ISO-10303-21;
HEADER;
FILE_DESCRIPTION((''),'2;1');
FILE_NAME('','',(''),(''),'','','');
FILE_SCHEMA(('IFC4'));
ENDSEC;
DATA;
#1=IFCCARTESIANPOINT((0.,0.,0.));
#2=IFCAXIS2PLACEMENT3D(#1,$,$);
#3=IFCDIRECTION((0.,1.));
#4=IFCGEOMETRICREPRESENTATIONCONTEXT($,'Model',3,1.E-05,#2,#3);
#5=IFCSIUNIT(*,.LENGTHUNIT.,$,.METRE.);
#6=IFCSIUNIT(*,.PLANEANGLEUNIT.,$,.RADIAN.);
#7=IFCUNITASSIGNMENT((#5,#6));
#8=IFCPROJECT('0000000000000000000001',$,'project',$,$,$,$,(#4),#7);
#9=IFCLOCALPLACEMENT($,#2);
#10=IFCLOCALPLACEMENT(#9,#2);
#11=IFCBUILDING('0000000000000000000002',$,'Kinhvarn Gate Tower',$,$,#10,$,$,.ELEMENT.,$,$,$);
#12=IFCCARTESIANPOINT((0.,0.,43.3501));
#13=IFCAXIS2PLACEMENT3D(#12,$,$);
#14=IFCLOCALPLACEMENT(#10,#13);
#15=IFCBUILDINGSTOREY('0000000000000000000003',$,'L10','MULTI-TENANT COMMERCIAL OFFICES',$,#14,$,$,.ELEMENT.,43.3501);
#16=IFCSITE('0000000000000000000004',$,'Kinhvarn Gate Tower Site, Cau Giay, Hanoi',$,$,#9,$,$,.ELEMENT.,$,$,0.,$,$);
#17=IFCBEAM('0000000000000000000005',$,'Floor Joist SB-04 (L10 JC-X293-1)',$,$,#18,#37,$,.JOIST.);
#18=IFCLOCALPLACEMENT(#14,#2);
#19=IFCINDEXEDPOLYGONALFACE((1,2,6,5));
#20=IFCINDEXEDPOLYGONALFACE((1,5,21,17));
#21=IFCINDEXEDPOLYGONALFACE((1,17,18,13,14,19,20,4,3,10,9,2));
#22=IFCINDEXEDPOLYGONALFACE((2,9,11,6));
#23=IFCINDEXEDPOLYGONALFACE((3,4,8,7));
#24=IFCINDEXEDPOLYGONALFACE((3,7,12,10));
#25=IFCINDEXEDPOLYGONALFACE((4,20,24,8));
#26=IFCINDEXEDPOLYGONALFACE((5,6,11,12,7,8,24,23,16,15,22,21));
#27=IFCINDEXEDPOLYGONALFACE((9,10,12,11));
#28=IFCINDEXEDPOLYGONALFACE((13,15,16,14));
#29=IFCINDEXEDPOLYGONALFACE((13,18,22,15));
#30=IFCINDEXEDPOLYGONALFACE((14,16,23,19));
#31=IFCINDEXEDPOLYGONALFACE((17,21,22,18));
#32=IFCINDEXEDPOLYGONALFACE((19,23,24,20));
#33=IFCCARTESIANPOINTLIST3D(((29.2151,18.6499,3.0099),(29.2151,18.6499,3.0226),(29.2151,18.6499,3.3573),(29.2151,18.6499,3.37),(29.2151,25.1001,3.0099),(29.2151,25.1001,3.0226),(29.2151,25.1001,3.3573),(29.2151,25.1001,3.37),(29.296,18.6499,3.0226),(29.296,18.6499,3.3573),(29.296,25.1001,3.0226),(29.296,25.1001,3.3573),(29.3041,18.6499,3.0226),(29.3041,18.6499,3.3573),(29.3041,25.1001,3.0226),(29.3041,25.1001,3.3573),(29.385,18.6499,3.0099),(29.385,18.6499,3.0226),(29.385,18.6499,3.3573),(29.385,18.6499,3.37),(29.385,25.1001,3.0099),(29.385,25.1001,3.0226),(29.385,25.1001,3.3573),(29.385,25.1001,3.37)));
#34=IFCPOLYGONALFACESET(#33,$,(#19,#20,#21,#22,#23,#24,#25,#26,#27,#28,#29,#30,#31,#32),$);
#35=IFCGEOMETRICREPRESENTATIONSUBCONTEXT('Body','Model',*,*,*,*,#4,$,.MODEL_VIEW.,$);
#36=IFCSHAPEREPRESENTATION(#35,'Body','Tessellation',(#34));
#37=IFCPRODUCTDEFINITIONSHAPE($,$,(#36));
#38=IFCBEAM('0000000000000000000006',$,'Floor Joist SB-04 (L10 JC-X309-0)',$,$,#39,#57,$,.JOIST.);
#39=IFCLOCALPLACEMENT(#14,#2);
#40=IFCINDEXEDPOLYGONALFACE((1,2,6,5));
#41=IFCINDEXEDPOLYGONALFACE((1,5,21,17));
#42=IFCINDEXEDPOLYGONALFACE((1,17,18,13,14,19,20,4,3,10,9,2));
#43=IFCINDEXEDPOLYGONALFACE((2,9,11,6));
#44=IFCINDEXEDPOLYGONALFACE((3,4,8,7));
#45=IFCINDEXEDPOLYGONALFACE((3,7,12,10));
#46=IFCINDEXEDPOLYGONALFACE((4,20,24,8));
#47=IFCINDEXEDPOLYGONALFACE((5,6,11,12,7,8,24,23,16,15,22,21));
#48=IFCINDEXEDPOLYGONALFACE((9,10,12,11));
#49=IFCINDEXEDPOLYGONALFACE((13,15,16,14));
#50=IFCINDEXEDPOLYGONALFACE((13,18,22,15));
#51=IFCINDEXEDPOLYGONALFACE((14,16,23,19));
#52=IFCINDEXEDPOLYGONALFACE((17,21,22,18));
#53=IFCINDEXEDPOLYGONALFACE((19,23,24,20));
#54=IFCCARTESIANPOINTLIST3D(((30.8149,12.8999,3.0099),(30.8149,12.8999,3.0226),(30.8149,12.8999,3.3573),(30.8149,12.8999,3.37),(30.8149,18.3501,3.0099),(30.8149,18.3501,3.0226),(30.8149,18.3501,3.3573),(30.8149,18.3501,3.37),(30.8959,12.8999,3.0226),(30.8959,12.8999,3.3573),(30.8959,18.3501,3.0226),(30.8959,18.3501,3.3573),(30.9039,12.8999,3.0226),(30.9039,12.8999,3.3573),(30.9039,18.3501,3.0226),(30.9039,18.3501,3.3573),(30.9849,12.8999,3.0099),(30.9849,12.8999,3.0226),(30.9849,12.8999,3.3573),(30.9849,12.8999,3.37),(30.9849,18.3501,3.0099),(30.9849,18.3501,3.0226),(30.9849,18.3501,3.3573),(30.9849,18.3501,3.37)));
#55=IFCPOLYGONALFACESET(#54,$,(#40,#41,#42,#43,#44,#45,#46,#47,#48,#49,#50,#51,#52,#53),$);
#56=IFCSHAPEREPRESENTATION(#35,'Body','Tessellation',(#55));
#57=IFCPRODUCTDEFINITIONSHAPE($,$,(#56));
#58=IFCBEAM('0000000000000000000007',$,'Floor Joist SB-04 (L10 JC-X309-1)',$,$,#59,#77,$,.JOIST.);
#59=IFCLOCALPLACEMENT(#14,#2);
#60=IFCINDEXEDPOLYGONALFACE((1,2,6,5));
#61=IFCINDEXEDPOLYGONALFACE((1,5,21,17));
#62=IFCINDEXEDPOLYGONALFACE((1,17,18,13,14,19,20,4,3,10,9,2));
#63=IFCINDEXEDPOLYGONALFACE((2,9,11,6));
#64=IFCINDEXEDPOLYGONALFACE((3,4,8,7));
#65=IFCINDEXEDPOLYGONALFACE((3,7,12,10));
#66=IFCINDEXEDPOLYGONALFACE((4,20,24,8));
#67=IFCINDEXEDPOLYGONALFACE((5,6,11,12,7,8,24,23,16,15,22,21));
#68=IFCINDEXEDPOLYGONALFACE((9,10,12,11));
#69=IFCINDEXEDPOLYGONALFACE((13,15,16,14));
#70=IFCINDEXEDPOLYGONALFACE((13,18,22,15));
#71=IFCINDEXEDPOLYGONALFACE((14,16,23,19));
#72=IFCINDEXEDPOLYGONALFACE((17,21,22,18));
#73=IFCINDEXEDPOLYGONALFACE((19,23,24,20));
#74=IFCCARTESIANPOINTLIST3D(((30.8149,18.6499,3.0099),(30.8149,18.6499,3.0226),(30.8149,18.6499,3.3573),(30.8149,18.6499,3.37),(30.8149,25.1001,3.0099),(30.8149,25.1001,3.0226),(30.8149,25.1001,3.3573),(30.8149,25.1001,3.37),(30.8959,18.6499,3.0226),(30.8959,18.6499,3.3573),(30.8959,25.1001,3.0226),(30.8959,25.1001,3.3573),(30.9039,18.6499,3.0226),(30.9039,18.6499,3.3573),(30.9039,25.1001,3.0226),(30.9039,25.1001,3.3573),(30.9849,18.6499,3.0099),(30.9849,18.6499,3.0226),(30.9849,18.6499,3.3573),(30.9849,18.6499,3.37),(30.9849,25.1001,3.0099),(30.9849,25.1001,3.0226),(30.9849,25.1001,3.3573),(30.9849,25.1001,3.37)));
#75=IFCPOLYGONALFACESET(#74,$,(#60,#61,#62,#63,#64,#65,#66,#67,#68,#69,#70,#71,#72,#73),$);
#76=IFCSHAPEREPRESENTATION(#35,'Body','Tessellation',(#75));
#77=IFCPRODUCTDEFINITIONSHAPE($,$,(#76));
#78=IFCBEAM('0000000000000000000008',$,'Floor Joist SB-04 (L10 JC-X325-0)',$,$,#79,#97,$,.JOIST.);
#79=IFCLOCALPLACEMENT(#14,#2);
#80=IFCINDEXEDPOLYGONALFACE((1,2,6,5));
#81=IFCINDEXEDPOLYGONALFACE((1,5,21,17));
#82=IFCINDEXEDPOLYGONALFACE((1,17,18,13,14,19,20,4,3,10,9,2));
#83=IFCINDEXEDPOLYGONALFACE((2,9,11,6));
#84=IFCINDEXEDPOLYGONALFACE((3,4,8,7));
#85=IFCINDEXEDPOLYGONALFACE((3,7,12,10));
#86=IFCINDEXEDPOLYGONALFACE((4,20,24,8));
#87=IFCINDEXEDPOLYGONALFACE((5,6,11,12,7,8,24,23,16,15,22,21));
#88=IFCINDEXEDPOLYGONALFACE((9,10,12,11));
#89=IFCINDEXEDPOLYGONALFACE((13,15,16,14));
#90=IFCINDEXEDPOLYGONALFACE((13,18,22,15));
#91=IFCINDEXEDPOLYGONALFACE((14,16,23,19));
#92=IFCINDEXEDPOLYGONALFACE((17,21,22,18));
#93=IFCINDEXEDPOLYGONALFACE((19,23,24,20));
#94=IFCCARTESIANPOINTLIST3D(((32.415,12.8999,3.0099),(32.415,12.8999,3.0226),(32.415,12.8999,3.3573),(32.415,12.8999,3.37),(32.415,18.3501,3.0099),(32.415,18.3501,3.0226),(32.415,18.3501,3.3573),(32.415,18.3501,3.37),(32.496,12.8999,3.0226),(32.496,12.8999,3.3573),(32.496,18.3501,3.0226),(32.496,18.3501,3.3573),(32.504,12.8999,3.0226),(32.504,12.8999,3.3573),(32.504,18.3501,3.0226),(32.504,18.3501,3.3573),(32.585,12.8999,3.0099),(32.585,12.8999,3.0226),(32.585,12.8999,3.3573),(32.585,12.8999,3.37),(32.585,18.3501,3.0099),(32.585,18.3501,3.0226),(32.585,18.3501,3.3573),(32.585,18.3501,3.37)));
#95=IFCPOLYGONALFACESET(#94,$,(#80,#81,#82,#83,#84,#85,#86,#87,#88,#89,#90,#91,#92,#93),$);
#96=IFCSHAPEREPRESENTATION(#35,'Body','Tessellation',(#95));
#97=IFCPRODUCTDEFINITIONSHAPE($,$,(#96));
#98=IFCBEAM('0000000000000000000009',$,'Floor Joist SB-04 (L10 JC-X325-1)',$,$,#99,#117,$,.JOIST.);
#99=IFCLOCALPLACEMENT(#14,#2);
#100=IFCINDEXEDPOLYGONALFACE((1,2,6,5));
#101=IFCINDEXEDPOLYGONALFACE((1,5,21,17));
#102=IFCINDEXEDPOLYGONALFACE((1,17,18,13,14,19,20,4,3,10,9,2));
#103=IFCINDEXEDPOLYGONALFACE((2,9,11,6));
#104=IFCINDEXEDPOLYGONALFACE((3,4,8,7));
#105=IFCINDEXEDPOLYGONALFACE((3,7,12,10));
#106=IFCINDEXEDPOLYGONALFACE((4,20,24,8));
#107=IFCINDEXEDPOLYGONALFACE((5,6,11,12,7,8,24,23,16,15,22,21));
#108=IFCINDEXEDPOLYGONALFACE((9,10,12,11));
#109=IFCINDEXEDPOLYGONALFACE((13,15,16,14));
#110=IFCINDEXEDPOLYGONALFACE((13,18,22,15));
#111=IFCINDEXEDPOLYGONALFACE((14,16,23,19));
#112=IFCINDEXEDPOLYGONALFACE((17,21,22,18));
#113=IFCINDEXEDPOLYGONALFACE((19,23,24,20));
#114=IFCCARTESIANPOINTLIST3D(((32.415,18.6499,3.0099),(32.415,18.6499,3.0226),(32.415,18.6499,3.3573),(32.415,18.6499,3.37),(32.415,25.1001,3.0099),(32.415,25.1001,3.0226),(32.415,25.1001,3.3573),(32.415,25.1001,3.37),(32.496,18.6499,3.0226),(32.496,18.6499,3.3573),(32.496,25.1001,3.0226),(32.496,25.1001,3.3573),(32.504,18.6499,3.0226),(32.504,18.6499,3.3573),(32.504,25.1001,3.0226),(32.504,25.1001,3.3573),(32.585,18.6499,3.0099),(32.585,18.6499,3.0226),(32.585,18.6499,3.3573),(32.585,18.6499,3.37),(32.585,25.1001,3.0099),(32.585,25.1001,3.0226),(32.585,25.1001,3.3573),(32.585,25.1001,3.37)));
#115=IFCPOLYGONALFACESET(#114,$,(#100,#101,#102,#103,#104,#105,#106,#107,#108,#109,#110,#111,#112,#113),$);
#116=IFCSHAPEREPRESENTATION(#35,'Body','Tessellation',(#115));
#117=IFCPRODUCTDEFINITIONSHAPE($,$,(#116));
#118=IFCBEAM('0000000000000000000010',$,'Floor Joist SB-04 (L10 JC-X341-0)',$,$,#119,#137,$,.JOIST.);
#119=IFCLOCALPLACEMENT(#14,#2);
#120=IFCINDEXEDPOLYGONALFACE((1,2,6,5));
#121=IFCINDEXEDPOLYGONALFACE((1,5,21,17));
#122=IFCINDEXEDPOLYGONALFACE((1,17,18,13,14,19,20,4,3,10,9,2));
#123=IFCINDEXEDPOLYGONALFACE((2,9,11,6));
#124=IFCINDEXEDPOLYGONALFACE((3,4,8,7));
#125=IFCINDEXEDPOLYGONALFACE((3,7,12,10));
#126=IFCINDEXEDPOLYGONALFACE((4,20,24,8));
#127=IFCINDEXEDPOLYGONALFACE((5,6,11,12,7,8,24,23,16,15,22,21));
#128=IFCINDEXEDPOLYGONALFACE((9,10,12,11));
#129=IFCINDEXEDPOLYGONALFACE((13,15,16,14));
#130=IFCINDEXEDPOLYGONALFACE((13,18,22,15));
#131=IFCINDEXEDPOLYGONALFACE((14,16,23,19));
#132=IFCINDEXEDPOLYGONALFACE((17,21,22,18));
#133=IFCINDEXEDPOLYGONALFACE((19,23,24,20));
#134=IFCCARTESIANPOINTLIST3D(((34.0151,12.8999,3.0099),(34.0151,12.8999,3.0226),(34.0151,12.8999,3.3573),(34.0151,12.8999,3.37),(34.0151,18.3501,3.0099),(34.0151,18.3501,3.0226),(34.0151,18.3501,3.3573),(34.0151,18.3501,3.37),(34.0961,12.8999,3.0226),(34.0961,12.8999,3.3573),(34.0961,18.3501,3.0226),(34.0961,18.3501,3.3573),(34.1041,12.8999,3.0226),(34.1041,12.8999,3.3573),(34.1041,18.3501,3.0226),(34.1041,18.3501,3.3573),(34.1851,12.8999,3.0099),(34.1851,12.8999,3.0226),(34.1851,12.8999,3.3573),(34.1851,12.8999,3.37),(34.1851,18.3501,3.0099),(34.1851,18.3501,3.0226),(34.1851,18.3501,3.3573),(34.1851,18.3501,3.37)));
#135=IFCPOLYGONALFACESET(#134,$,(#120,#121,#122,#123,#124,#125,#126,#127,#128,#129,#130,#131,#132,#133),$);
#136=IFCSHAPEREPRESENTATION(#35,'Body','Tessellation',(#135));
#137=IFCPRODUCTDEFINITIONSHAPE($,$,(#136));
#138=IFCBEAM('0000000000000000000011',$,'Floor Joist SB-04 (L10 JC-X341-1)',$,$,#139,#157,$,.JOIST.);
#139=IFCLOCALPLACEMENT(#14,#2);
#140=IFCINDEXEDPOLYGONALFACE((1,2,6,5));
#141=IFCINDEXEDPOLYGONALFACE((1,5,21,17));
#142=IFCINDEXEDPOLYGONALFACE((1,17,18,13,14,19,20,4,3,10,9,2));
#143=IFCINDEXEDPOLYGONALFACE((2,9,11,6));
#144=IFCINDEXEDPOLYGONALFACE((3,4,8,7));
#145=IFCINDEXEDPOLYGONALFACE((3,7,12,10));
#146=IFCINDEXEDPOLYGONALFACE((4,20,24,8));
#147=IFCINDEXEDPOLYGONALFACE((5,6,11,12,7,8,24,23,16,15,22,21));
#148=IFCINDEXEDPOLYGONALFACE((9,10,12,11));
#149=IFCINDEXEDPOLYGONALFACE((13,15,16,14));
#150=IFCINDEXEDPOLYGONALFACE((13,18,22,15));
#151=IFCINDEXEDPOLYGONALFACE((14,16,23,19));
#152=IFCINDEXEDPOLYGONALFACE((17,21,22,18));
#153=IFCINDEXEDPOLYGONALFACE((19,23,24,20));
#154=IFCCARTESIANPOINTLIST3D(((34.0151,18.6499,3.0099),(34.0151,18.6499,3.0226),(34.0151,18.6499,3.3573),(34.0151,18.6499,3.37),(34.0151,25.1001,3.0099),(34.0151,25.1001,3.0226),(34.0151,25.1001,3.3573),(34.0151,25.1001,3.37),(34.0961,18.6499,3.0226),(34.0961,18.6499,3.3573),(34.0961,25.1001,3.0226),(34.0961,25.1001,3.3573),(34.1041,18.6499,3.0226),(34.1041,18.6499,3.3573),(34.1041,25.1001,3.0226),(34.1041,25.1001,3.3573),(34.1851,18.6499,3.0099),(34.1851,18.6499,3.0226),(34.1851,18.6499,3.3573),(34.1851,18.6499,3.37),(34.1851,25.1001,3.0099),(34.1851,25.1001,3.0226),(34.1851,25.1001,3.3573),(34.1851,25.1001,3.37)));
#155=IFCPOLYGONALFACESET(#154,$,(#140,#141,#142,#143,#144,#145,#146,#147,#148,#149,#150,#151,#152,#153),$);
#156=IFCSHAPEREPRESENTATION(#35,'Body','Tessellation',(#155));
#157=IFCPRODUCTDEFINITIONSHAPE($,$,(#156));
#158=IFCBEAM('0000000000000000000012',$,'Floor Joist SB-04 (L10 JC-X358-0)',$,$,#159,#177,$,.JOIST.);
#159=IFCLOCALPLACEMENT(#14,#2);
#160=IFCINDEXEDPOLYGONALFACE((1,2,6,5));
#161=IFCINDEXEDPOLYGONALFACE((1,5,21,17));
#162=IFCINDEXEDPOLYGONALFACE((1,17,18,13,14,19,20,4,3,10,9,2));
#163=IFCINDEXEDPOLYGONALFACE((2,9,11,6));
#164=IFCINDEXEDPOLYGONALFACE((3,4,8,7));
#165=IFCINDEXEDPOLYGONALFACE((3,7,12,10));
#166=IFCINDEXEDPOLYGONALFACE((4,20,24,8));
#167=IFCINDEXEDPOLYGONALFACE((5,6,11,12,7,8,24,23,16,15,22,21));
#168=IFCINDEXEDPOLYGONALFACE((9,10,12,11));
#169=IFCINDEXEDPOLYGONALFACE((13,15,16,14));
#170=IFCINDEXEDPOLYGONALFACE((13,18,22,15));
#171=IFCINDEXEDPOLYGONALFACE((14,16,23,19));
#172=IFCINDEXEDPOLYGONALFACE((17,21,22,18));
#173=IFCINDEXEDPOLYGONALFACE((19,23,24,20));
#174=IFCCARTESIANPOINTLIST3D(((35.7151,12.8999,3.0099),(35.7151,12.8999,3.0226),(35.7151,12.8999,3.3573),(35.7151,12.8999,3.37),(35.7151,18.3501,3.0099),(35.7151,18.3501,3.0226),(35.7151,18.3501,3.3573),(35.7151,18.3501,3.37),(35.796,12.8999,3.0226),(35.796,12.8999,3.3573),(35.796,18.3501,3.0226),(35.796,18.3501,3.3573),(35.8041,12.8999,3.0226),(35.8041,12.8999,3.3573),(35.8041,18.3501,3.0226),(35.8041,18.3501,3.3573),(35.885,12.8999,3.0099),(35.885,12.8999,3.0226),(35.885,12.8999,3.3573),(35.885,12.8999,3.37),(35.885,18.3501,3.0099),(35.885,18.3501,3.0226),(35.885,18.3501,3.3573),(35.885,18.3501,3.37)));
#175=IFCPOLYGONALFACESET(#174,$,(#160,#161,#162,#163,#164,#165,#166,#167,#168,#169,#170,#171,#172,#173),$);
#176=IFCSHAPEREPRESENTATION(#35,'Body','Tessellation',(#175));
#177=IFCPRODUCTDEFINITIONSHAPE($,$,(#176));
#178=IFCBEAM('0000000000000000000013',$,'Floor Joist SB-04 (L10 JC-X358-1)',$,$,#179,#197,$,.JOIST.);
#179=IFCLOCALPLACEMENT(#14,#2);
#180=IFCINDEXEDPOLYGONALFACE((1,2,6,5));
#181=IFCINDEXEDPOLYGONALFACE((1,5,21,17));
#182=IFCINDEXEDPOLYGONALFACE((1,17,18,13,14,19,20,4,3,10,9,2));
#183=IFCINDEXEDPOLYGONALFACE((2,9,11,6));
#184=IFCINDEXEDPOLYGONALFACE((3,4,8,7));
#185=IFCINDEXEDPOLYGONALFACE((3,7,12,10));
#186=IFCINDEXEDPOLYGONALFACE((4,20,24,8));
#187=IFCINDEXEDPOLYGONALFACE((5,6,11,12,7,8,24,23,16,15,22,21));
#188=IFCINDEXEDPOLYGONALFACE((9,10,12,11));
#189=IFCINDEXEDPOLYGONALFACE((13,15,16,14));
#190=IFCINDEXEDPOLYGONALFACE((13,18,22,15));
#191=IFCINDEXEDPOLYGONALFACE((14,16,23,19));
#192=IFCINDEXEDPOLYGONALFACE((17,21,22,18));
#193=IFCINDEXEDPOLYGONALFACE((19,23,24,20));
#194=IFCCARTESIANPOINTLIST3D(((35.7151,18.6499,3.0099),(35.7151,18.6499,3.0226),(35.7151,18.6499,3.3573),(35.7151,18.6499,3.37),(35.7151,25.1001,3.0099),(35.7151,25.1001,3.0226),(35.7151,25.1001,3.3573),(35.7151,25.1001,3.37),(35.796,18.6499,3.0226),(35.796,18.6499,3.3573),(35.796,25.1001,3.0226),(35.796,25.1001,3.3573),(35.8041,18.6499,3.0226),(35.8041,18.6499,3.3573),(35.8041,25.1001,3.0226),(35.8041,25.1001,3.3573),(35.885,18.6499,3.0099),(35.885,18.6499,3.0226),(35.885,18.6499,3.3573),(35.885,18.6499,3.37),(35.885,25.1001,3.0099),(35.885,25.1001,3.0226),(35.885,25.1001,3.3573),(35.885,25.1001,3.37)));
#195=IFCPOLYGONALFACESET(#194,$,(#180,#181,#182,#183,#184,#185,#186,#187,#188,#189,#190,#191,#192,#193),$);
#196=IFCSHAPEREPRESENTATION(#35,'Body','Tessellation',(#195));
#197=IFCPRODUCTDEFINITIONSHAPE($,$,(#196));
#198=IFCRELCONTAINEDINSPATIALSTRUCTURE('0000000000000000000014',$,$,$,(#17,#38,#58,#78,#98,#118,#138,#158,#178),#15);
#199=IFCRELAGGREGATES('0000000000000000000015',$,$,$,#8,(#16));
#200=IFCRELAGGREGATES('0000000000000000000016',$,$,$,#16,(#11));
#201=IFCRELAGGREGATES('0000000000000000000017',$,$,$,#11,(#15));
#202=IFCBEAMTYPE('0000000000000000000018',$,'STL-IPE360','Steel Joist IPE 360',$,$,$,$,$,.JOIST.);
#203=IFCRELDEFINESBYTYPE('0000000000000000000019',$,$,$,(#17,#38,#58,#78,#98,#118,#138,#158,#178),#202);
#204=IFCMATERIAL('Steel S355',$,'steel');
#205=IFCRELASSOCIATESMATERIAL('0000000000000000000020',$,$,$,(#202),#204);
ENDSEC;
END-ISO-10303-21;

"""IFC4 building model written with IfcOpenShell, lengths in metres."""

from ifc_helpers import new_model, si_unit, direction, frame, origin, origin_2d, place, context, subcontext, project, spatial, i_section, extrude, material, material_profile, profile_set, type_object, element, save


model = new_model("IFC4")

# Units and contexts
model_context = context("Model", 3, precision=1e-05, world=origin(), true_north=direction((0.0, 1.0)))
body_context = subcontext(model_context, "Body", "Model", "MODEL_VIEW")
ifc_project = project(units=[si_unit("LENGTHUNIT", "METRE"), si_unit("PLANEANGLEUNIT", "RADIAN")], contexts=[model_context])

# Site, building, storey
site_placement = place(None, origin())
site = spatial("IfcSite", under=ifc_project, at=site_placement, Name="Kinhvarn Gate Tower Site, Cau Giay, Hanoi", CompositionType="ELEMENT", RefElevation=0.0)
building_placement = place(site_placement, origin())
building = spatial("IfcBuilding", under=site, at=building_placement, Name="Kinhvarn Gate Tower", CompositionType="ELEMENT")
storey_placement = place(building_placement, frame((0.0, 0.0, 43.3501)))
storey = spatial("IfcBuildingStorey", under=building, at=storey_placement, Name="L10", Description="MULTI-TENANT COMMERCIAL OFFICES", CompositionType="ELEMENT", Elevation=43.3501)

# Beams
ifc_material_1 = material(Name="Steel S355", Category="steel")
ifc_material_profile_1 = material_profile(ifc_material_1, i_section(OverallWidth=0.1699, OverallDepth=0.3601, WebThickness=0.0081, FlangeThickness=0.0127, at=origin_2d()), Name="IPE 360")
ifc_profile_set_1 = profile_set([ifc_material_profile_1], Name="Steel S355")
beam_type_1 = type_object("IfcBeamType", Name="STL-IPE360", Description="Steel Joist IPE 360", PredefinedType="JOIST", material=ifc_profile_set_1)
beam_1_placement = place(storey_placement, frame((29.3, 18.6499, 3.1899), z_axis=(0.0, 1.0, 0.0), x_axis=(-1.0, 0.0, 0.0)))
element("IfcBeam", 1, at=beam_1_placement, inside=storey, type_object=beam_type_1, Name="Floor Joist SB-04 (L10 JC-X293-1)", PredefinedType="JOIST", context=body_context, shape_type="SweptSolid", body=[
    extrude(i_section(OverallWidth=0.1699, OverallDepth=0.3601, WebThickness=0.0081, FlangeThickness=0.0127, at=origin_2d()), origin(), (0.0, 0.0, 1.0), 6.4502),
])
beam_2_placement = place(storey_placement, frame((30.8999, 12.8999, 3.1899), z_axis=(0.0, 1.0, 0.0), x_axis=(-1.0, 0.0, 0.0)))
element("IfcBeam", 2, at=beam_2_placement, inside=storey, type_object=beam_type_1, Name="Floor Joist SB-04 (L10 JC-X309-0)", PredefinedType="JOIST", context=body_context, shape_type="SweptSolid", body=[
    extrude(i_section(OverallWidth=0.1699, OverallDepth=0.3601, WebThickness=0.0081, FlangeThickness=0.0127, at=origin_2d()), origin(), (0.0, 0.0, 1.0), 5.4502),
])
beam_3_placement = place(storey_placement, frame((30.8999, 18.6499, 3.1899), z_axis=(0.0, 1.0, 0.0), x_axis=(-1.0, 0.0, 0.0)))
element("IfcBeam", 3, at=beam_3_placement, inside=storey, type_object=beam_type_1, Name="Floor Joist SB-04 (L10 JC-X309-1)", PredefinedType="JOIST", context=body_context, shape_type="SweptSolid", body=[
    extrude(i_section(OverallWidth=0.1699, OverallDepth=0.3601, WebThickness=0.0081, FlangeThickness=0.0127, at=origin_2d()), origin(), (0.0, 0.0, 1.0), 6.4502),
])
beam_4_placement = place(storey_placement, frame((32.5, 12.8999, 3.1899), z_axis=(0.0, 1.0, 0.0), x_axis=(-1.0, 0.0, 0.0)))
element("IfcBeam", 4, at=beam_4_placement, inside=storey, type_object=beam_type_1, Name="Floor Joist SB-04 (L10 JC-X325-0)", PredefinedType="JOIST", context=body_context, shape_type="SweptSolid", body=[
    extrude(i_section(OverallWidth=0.1699, OverallDepth=0.3601, WebThickness=0.0081, FlangeThickness=0.0127, at=origin_2d()), origin(), (0.0, 0.0, 1.0), 5.4502),
])
beam_5_placement = place(storey_placement, frame((32.5, 18.6499, 3.1899), z_axis=(0.0, 1.0, 0.0), x_axis=(-1.0, 0.0, 0.0)))
element("IfcBeam", 5, at=beam_5_placement, inside=storey, type_object=beam_type_1, Name="Floor Joist SB-04 (L10 JC-X325-1)", PredefinedType="JOIST", context=body_context, shape_type="SweptSolid", body=[
    extrude(i_section(OverallWidth=0.1699, OverallDepth=0.3601, WebThickness=0.0081, FlangeThickness=0.0127, at=origin_2d()), origin(), (0.0, 0.0, 1.0), 6.4502),
])
beam_6_placement = place(storey_placement, frame((34.1001, 12.8999, 3.1899), z_axis=(0.0, 1.0, 0.0), x_axis=(-1.0, 0.0, 0.0)))
element("IfcBeam", 6, at=beam_6_placement, inside=storey, type_object=beam_type_1, Name="Floor Joist SB-04 (L10 JC-X341-0)", PredefinedType="JOIST", context=body_context, shape_type="SweptSolid", body=[
    extrude(i_section(OverallWidth=0.1699, OverallDepth=0.3601, WebThickness=0.0081, FlangeThickness=0.0127, at=origin_2d()), origin(), (0.0, 0.0, 1.0), 5.4502),
])
beam_7_placement = place(storey_placement, frame((34.1001, 18.6499, 3.1899), z_axis=(0.0, 1.0, 0.0), x_axis=(-1.0, 0.0, 0.0)))
element("IfcBeam", 7, at=beam_7_placement, inside=storey, type_object=beam_type_1, Name="Floor Joist SB-04 (L10 JC-X341-1)", PredefinedType="JOIST", context=body_context, shape_type="SweptSolid", body=[
    extrude(i_section(OverallWidth=0.1699, OverallDepth=0.3601, WebThickness=0.0081, FlangeThickness=0.0127, at=origin_2d()), origin(), (0.0, 0.0, 1.0), 6.4502),
])
beam_8_placement = place(storey_placement, frame((35.8, 12.8999, 3.1899), z_axis=(0.0, 1.0, 0.0), x_axis=(-1.0, 0.0, 0.0)))
element("IfcBeam", 8, at=beam_8_placement, inside=storey, type_object=beam_type_1, Name="Floor Joist SB-04 (L10 JC-X358-0)", PredefinedType="JOIST", context=body_context, shape_type="SweptSolid", body=[
    extrude(i_section(OverallWidth=0.1699, OverallDepth=0.3601, WebThickness=0.0081, FlangeThickness=0.0127, at=origin_2d()), origin(), (0.0, 0.0, 1.0), 5.4502),
])
beam_9_placement = place(storey_placement, frame((35.8, 18.6499, 3.1899), z_axis=(0.0, 1.0, 0.0), x_axis=(-1.0, 0.0, 0.0)))
element("IfcBeam", 9, at=beam_9_placement, inside=storey, type_object=beam_type_1, Name="Floor Joist SB-04 (L10 JC-X358-1)", PredefinedType="JOIST", context=body_context, shape_type="SweptSolid", body=[
    extrude(i_section(OverallWidth=0.1699, OverallDepth=0.3601, WebThickness=0.0081, FlangeThickness=0.0127, at=origin_2d()), origin(), (0.0, 0.0, 1.0), 6.4502),
])

save(model, "model.ifc")
